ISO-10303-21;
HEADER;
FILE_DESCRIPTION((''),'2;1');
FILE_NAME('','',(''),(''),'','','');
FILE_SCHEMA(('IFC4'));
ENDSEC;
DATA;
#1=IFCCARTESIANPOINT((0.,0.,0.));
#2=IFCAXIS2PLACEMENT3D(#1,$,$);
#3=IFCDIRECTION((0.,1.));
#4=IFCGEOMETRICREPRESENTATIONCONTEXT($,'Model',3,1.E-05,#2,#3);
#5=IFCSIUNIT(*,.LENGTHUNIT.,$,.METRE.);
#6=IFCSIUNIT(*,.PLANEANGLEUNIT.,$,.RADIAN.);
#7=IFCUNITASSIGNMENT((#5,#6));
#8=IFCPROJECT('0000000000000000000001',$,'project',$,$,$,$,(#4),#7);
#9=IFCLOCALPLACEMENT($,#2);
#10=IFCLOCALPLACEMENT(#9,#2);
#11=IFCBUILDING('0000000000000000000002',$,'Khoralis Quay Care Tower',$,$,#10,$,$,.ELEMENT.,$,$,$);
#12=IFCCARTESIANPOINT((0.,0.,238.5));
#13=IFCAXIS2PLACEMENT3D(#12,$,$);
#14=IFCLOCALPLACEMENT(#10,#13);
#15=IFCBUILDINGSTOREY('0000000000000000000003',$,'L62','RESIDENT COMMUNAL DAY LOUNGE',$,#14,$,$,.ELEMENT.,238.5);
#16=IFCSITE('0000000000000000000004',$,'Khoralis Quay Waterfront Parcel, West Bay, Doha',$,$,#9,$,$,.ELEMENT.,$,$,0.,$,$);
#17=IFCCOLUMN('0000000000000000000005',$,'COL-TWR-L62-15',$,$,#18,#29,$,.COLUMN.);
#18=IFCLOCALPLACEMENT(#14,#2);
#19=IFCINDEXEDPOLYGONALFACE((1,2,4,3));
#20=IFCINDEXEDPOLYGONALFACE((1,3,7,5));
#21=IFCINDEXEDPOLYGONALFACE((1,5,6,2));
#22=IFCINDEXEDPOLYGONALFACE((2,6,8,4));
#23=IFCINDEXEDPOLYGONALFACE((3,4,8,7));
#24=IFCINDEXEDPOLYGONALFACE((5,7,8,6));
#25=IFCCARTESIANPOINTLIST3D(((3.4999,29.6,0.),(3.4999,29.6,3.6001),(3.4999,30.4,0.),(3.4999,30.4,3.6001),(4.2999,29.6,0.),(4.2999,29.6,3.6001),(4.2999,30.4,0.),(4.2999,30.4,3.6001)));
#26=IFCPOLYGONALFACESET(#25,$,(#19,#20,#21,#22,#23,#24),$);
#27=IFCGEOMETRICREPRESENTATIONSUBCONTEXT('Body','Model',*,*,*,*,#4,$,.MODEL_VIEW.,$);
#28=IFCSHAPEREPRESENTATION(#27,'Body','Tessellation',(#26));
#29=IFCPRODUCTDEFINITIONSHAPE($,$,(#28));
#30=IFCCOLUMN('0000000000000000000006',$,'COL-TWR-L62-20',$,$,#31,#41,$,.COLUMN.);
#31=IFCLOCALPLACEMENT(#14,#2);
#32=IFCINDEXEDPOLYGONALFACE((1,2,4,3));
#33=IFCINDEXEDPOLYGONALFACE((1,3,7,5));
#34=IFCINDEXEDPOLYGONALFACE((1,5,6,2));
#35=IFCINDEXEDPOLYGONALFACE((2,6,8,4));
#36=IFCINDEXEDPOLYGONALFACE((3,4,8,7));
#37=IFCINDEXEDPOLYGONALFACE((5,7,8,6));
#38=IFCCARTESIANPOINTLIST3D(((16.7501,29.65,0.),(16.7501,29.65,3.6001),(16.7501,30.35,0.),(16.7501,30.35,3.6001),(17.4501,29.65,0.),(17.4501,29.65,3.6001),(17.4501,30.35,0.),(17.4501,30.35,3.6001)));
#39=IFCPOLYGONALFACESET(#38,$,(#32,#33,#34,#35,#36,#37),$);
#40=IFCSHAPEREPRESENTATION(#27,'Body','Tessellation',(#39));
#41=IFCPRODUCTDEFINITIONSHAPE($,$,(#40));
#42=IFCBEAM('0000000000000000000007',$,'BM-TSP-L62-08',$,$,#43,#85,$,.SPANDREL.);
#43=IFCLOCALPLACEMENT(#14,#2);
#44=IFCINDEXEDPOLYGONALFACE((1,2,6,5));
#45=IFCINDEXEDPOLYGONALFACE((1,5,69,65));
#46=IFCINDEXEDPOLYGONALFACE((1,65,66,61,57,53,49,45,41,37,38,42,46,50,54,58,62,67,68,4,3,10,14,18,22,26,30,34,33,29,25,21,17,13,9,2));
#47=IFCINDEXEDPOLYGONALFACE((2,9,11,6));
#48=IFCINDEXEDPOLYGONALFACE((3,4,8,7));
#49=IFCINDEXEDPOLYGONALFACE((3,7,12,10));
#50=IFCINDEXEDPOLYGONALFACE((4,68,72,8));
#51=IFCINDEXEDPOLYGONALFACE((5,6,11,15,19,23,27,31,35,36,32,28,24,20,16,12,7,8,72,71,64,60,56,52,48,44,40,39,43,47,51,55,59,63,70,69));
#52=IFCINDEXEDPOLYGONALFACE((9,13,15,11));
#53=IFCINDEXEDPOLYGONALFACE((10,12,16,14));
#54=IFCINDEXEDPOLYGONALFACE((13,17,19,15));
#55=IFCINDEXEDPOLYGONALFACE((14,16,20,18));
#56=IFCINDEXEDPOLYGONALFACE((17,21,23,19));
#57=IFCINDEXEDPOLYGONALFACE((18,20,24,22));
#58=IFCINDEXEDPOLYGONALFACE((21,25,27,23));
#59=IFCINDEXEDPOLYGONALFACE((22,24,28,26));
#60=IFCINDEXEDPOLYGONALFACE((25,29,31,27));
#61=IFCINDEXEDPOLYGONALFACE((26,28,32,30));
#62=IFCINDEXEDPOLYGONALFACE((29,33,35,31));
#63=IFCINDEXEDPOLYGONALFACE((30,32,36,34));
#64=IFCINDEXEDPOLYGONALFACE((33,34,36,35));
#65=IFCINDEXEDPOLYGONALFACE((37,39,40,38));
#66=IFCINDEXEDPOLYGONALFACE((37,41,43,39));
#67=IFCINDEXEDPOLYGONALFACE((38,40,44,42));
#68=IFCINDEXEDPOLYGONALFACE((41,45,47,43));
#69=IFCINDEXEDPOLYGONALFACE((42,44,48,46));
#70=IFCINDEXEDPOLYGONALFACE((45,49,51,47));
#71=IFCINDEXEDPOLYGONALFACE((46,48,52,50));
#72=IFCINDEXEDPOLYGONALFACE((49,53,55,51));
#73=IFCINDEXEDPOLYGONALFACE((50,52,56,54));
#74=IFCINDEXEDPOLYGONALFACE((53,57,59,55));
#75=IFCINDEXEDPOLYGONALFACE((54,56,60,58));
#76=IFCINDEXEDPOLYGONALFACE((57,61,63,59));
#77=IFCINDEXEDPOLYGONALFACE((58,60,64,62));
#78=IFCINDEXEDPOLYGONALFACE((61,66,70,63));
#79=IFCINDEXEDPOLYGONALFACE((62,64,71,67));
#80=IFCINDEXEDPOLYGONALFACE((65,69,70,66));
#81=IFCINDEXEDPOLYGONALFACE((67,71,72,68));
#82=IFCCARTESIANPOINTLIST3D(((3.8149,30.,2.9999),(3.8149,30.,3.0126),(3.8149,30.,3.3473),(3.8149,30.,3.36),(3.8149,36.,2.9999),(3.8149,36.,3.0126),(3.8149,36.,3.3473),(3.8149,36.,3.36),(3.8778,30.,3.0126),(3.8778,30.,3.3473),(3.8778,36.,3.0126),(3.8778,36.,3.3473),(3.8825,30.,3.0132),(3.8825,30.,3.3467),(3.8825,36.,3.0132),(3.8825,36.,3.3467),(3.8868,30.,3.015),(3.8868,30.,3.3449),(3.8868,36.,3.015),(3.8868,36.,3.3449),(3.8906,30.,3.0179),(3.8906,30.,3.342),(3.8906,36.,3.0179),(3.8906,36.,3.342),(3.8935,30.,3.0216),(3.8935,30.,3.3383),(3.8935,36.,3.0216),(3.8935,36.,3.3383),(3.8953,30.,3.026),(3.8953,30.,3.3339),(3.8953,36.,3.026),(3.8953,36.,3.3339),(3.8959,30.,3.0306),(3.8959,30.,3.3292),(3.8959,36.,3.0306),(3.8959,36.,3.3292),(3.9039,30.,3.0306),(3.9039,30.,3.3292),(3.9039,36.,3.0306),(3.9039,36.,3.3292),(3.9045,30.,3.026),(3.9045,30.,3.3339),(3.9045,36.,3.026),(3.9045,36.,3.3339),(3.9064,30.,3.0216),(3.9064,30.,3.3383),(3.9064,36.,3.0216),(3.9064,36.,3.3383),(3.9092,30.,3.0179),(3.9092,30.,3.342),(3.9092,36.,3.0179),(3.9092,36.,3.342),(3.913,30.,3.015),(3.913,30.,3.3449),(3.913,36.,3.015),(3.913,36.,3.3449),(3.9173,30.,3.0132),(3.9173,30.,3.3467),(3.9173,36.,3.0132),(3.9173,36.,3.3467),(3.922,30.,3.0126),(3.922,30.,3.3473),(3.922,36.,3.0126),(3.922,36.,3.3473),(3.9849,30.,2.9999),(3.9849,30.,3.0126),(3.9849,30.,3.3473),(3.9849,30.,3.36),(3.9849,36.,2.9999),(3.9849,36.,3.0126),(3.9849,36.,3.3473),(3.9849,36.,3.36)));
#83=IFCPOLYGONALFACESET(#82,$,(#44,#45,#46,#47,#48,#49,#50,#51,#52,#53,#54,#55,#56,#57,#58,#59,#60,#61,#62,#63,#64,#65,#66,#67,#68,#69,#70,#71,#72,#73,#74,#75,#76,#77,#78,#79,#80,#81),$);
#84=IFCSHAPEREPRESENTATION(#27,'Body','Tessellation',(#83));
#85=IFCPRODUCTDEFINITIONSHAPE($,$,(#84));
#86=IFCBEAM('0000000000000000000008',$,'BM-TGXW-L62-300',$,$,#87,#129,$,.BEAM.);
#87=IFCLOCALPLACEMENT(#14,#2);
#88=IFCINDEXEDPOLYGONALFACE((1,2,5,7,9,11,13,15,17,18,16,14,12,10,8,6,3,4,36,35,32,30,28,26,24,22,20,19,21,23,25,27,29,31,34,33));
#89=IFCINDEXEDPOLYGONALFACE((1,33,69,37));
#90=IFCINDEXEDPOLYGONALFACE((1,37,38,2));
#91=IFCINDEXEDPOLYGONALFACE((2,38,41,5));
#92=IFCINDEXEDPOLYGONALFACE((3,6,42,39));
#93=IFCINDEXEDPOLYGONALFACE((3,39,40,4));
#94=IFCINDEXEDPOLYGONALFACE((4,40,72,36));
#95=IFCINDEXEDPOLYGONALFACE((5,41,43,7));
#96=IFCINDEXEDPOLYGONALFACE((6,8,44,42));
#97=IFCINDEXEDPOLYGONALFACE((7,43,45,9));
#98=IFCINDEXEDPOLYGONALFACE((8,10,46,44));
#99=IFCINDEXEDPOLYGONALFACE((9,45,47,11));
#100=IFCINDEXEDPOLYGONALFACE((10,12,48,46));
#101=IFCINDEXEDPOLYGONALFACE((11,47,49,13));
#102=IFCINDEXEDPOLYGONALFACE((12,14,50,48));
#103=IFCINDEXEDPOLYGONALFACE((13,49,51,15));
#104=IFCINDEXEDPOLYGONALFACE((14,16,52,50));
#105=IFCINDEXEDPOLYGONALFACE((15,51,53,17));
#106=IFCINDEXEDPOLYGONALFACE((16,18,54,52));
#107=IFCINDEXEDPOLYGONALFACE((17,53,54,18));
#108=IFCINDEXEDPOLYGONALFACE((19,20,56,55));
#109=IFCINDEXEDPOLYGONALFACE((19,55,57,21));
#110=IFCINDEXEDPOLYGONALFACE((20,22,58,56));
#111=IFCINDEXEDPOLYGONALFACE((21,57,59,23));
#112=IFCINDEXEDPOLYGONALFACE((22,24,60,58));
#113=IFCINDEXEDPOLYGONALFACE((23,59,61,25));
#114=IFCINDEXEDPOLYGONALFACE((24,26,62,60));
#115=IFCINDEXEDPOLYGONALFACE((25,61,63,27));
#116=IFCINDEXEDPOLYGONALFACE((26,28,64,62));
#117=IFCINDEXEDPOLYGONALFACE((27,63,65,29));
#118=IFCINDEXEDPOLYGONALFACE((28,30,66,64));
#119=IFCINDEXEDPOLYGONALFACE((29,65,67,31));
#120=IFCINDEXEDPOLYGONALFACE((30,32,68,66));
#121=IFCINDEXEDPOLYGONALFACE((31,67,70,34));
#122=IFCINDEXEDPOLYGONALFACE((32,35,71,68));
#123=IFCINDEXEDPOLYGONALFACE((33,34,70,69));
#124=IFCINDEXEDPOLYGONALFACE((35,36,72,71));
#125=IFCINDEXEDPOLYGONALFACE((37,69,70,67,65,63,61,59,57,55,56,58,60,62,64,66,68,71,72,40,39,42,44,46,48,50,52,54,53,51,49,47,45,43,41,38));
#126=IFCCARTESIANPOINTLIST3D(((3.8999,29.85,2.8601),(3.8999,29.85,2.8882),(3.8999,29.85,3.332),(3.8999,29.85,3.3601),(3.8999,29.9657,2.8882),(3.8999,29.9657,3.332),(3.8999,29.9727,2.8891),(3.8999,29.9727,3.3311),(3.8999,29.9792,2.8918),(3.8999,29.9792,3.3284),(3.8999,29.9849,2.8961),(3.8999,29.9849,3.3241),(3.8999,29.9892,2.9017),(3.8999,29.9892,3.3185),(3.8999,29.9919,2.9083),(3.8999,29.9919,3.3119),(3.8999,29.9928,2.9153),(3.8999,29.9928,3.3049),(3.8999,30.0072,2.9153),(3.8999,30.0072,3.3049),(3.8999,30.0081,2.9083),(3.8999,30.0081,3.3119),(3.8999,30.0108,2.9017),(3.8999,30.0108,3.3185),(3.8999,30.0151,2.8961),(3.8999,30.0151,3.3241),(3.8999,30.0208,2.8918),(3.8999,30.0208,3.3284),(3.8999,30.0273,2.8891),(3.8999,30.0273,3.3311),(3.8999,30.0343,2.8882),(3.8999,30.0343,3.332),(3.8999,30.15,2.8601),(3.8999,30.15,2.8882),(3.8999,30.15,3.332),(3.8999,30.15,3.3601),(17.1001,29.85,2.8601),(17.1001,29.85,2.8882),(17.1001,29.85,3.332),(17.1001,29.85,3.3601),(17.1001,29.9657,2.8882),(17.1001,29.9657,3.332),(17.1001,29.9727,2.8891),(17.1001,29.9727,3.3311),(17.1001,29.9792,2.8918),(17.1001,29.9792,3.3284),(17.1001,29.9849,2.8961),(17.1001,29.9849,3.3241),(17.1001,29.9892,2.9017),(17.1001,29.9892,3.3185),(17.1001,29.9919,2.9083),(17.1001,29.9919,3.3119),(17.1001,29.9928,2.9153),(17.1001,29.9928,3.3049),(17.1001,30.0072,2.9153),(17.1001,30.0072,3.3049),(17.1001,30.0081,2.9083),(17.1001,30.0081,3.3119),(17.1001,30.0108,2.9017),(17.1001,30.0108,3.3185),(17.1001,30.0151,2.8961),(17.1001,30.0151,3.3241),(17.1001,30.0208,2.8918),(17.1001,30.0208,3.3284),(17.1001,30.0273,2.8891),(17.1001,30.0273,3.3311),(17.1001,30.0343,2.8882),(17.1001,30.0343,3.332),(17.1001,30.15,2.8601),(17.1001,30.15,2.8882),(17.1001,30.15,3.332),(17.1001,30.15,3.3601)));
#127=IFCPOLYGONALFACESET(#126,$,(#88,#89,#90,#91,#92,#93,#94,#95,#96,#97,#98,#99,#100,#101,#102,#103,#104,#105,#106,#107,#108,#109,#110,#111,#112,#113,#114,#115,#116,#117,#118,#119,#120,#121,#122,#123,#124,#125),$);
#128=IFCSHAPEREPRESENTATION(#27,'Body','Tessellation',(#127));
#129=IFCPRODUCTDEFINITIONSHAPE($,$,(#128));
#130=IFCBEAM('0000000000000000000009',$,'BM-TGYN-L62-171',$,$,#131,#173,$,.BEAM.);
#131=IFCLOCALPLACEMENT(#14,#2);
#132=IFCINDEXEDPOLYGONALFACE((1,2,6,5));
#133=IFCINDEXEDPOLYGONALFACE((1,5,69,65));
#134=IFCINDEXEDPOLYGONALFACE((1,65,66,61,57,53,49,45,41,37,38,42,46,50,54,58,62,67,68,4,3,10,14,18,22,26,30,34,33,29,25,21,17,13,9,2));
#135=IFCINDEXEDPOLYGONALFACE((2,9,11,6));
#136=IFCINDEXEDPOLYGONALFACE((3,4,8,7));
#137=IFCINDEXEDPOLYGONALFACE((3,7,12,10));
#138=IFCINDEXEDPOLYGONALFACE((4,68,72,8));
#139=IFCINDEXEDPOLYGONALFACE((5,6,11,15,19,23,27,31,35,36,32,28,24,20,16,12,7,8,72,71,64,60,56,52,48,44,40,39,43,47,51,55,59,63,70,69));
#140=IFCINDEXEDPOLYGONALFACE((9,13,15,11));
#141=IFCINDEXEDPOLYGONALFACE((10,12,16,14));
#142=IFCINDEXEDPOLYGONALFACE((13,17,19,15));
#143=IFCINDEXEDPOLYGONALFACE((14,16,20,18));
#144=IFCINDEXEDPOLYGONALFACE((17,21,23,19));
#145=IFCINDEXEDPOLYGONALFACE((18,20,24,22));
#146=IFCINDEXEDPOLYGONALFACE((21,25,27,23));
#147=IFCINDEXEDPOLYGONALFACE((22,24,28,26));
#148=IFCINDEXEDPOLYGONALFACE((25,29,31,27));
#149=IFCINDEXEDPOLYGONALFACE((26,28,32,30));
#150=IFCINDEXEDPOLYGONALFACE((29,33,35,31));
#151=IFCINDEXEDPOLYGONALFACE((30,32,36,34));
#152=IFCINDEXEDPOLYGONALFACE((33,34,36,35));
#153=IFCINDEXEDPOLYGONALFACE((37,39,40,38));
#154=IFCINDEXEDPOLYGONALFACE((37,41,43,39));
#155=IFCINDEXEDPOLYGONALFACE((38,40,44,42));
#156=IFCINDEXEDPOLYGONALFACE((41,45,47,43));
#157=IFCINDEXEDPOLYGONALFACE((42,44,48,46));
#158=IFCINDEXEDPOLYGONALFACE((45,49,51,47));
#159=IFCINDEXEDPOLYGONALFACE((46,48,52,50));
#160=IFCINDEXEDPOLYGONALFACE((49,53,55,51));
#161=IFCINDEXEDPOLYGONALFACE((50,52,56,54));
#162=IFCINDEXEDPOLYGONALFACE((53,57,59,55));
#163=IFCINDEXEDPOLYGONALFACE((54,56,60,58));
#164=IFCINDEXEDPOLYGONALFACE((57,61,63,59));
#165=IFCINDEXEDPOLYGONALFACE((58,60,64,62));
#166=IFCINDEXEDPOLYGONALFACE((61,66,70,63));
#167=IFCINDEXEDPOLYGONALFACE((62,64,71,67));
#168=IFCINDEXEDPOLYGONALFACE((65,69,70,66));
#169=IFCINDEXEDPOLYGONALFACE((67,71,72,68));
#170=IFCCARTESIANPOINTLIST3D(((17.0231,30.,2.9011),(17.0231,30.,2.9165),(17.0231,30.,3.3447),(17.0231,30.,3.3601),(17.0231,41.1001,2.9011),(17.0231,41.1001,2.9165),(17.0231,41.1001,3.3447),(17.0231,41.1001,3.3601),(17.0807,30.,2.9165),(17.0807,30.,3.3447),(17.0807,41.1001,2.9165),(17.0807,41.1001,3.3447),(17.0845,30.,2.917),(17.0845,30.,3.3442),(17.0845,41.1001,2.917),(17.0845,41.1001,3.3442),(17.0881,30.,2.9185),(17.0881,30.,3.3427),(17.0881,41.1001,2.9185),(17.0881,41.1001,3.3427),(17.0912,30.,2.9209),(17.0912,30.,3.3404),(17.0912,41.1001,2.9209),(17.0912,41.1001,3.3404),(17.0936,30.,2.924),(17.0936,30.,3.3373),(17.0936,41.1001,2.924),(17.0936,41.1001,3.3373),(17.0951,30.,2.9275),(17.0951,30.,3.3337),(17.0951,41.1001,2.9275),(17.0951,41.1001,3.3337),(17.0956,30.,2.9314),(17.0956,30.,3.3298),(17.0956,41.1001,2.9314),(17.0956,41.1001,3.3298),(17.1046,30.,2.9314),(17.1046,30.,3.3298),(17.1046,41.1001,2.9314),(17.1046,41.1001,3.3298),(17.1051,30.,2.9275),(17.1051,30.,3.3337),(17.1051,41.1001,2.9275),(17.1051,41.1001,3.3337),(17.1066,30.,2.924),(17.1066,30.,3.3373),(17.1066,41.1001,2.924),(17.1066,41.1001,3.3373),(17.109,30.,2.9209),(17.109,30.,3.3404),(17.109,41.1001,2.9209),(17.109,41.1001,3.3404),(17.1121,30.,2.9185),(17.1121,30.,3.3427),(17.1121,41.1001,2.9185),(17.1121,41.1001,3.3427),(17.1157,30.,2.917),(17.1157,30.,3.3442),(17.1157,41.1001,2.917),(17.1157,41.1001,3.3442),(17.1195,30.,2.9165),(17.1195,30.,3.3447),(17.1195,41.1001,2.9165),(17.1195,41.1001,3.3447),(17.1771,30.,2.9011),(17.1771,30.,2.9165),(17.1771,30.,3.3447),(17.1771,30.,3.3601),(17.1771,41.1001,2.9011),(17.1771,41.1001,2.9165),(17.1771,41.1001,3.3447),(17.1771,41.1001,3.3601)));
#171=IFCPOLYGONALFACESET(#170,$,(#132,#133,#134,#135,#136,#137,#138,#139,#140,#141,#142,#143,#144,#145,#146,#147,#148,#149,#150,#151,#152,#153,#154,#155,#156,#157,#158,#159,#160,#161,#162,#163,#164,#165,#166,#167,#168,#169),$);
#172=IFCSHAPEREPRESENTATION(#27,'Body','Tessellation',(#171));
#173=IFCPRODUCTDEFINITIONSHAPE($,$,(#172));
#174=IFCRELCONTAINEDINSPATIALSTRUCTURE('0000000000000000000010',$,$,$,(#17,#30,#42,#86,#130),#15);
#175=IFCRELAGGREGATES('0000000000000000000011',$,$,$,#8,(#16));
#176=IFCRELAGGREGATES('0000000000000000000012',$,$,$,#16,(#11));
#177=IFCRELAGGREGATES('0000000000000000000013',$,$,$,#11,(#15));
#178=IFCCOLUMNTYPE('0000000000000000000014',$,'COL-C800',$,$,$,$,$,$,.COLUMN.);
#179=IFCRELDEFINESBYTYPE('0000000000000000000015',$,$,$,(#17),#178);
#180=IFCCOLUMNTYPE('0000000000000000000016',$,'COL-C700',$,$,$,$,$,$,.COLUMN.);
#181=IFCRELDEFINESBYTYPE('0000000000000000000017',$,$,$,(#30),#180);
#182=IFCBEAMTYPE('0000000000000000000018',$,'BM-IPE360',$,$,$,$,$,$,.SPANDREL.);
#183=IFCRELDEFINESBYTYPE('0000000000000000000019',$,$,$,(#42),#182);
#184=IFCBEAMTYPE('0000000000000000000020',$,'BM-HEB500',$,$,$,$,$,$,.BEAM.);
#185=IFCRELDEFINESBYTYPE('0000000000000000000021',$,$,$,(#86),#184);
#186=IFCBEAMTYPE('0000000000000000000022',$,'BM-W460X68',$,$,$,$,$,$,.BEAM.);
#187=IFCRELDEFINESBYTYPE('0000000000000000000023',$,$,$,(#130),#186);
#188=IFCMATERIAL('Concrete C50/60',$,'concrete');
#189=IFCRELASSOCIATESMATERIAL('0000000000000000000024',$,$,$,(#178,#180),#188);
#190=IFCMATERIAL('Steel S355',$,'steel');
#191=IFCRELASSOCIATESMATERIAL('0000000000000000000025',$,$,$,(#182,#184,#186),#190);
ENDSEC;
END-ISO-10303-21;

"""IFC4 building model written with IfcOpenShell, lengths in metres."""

from ifc_helpers import new_model, si_unit, direction, frame, origin, origin_2d, place, context, subcontext, project, spatial, rectangle, i_section, extrude, source, transform, mapped, material, material_profile, profile_set, type_object, element, save


model = new_model("IFC4")

# Units and contexts
model_context = context("Model", 3, precision=1e-05, world=origin(), true_north=direction((0.0, 1.0)))
body_context = subcontext(model_context, "Body", "Model", "MODEL_VIEW")
ifc_project = project(units=[si_unit("LENGTHUNIT", "METRE"), si_unit("PLANEANGLEUNIT", "RADIAN")], contexts=[model_context])

# Site, building, storey
site_placement = place(None, origin())
site = spatial("IfcSite", under=ifc_project, at=site_placement, Name="Khoralis Quay Waterfront Parcel, West Bay, Doha", CompositionType="ELEMENT", RefElevation=0.0)
building_placement = place(site_placement, origin())
building = spatial("IfcBuilding", under=site, at=building_placement, Name="Khoralis Quay Care Tower", CompositionType="ELEMENT")
storey_placement = place(building_placement, frame((0.0, 0.0, 238.5)))
storey = spatial("IfcBuildingStorey", under=building, at=storey_placement, Name="L62", Description="RESIDENT COMMUNAL DAY LOUNGE", CompositionType="ELEMENT", Elevation=238.5)

# Columns
ifc_material_1 = material(Name="Concrete C50/60", Category="concrete")
ifc_material_profile_1 = material_profile(ifc_material_1, rectangle(XDim=0.8, YDim=0.8, at=origin_2d()), Name="Concrete C50/60")
ifc_profile_set_1 = profile_set([ifc_material_profile_1], Name="Concrete C50/60")
column_type_1 = type_object("IfcColumnType", Name="COL-C800", PredefinedType="COLUMN", material=ifc_profile_set_1)
shared_shape_1 = source(origin(), body_context, "Body", "SweptSolid", [
    extrude(rectangle(XDim=0.8, YDim=0.8, at=origin_2d()), origin(), (0.0, 0.0, 1.0), 3.6001),
])
column_1_placement = place(storey_placement, frame((3.8999, 30.0, 0.0), z_axis=(0.0, 0.0, 1.0), x_axis=(1.0, 0.0, 0.0)))
element("IfcColumn", 1, at=column_1_placement, inside=storey, type_object=column_type_1, Name="COL-TWR-L62-15", PredefinedType="COLUMN", context=body_context, shape_type="MappedRepresentation", body=[
    mapped(shared_shape_1, transform((0.0, 0.0, 0.0), scale=1.0)),
])
ifc_material_profile_2 = material_profile(ifc_material_1, rectangle(XDim=0.7, YDim=0.7, at=origin_2d()), Name="Concrete C50/60")
ifc_profile_set_2 = profile_set([ifc_material_profile_2], Name="Concrete C50/60")
column_type_2 = type_object("IfcColumnType", Name="COL-C700", PredefinedType="COLUMN", material=ifc_profile_set_2)
shared_shape_2 = source(origin(), body_context, "Body", "SweptSolid", [
    extrude(rectangle(XDim=0.7, YDim=0.7, at=origin_2d()), origin(), (0.0, 0.0, 1.0), 3.6001),
])
column_2_placement = place(storey_placement, frame((17.1001, 30.0, 0.0), z_axis=(0.0, 0.0, 1.0), x_axis=(1.0, 0.0, 0.0)))
element("IfcColumn", 2, at=column_2_placement, inside=storey, type_object=column_type_2, Name="COL-TWR-L62-20", PredefinedType="COLUMN", context=body_context, shape_type="MappedRepresentation", body=[
    mapped(shared_shape_2, transform((0.0, 0.0, 0.0), scale=1.0)),
])

# Beams
ifc_material_2 = material(Name="Steel S355", Category="steel")
ifc_material_profile_3 = material_profile(ifc_material_2, i_section(OverallWidth=0.1699, OverallDepth=0.3601, WebThickness=0.0081, FlangeThickness=0.0127, FilletRadius=0.0181, at=origin_2d()), Name="Steel S355")
ifc_profile_set_3 = profile_set([ifc_material_profile_3], Name="Steel S355")
beam_type_1 = type_object("IfcBeamType", Name="BM-IPE360", PredefinedType="SPANDREL", material=ifc_profile_set_3)
shared_shape_3 = source(origin(), body_context, "Body", "SweptSolid", [
    extrude(i_section(OverallWidth=0.1699, OverallDepth=0.3601, WebThickness=0.0081, FlangeThickness=0.0127, FilletRadius=0.0181, at=origin_2d()), origin(), (0.0, 0.0, 1.0), 6.0),
])
beam_1_placement = place(storey_placement, frame((3.8999, 30.0, 3.1799), z_axis=(0.0, 1.0, 0.0), x_axis=(-1.0, 0.0, 0.0)))
element("IfcBeam", 3, at=beam_1_placement, inside=storey, type_object=beam_type_1, Name="BM-TSP-L62-08", PredefinedType="SPANDREL", context=body_context, shape_type="MappedRepresentation", body=[
    mapped(shared_shape_3, transform((0.0, 0.0, 0.0), scale=1.0)),
])
ifc_material_profile_4 = material_profile(ifc_material_2, i_section(OverallWidth=0.3, OverallDepth=0.5, WebThickness=0.0144, FlangeThickness=0.0281, FilletRadius=0.0271, at=origin_2d()), Name="Steel S355")
ifc_profile_set_4 = profile_set([ifc_material_profile_4], Name="Steel S355")
beam_type_2 = type_object("IfcBeamType", Name="BM-HEB500", PredefinedType="BEAM", material=ifc_profile_set_4)
shared_shape_4 = source(origin(), body_context, "Body", "SweptSolid", [
    extrude(i_section(OverallWidth=0.3, OverallDepth=0.5, WebThickness=0.0144, FlangeThickness=0.0281, FilletRadius=0.0271, at=origin_2d()), origin(), (0.0, 0.0, 1.0), 13.2002),
])
beam_2_placement = place(storey_placement, frame((3.8999, 30.0, 3.1101), z_axis=(1.0, 0.0, 0.0), x_axis=(0.0, 1.0, 0.0)))
element("IfcBeam", 4, at=beam_2_placement, inside=storey, type_object=beam_type_2, Name="BM-TGXW-L62-300", PredefinedType="BEAM", context=body_context, shape_type="MappedRepresentation", body=[
    mapped(shared_shape_4, transform((0.0, 0.0, 0.0), scale=1.0)),
])
ifc_material_profile_5 = material_profile(ifc_material_2, i_section(OverallWidth=0.1541, OverallDepth=0.459, WebThickness=0.009, FlangeThickness=0.0154, FilletRadius=0.0149, at=origin_2d()), Name="Steel S355")
ifc_profile_set_5 = profile_set([ifc_material_profile_5], Name="Steel S355")
beam_type_3 = type_object("IfcBeamType", Name="BM-W460X68", PredefinedType="BEAM", material=ifc_profile_set_5)
shared_shape_5 = source(origin(), body_context, "Body", "SweptSolid", [
    extrude(i_section(OverallWidth=0.1541, OverallDepth=0.459, WebThickness=0.009, FlangeThickness=0.0154, FilletRadius=0.0149, at=origin_2d()), origin(), (0.0, 0.0, 1.0), 11.1001),
])
beam_3_placement = place(storey_placement, frame((17.1001, 30.0, 3.1306), z_axis=(0.0, 1.0, 0.0), x_axis=(-1.0, 0.0, 0.0)))
element("IfcBeam", 5, at=beam_3_placement, inside=storey, type_object=beam_type_3, Name="BM-TGYN-L62-171", PredefinedType="BEAM", context=body_context, shape_type="MappedRepresentation", body=[
    mapped(shared_shape_5, transform((0.0, 0.0, 0.0), scale=1.0)),
])

save(model, "model.ifc")
